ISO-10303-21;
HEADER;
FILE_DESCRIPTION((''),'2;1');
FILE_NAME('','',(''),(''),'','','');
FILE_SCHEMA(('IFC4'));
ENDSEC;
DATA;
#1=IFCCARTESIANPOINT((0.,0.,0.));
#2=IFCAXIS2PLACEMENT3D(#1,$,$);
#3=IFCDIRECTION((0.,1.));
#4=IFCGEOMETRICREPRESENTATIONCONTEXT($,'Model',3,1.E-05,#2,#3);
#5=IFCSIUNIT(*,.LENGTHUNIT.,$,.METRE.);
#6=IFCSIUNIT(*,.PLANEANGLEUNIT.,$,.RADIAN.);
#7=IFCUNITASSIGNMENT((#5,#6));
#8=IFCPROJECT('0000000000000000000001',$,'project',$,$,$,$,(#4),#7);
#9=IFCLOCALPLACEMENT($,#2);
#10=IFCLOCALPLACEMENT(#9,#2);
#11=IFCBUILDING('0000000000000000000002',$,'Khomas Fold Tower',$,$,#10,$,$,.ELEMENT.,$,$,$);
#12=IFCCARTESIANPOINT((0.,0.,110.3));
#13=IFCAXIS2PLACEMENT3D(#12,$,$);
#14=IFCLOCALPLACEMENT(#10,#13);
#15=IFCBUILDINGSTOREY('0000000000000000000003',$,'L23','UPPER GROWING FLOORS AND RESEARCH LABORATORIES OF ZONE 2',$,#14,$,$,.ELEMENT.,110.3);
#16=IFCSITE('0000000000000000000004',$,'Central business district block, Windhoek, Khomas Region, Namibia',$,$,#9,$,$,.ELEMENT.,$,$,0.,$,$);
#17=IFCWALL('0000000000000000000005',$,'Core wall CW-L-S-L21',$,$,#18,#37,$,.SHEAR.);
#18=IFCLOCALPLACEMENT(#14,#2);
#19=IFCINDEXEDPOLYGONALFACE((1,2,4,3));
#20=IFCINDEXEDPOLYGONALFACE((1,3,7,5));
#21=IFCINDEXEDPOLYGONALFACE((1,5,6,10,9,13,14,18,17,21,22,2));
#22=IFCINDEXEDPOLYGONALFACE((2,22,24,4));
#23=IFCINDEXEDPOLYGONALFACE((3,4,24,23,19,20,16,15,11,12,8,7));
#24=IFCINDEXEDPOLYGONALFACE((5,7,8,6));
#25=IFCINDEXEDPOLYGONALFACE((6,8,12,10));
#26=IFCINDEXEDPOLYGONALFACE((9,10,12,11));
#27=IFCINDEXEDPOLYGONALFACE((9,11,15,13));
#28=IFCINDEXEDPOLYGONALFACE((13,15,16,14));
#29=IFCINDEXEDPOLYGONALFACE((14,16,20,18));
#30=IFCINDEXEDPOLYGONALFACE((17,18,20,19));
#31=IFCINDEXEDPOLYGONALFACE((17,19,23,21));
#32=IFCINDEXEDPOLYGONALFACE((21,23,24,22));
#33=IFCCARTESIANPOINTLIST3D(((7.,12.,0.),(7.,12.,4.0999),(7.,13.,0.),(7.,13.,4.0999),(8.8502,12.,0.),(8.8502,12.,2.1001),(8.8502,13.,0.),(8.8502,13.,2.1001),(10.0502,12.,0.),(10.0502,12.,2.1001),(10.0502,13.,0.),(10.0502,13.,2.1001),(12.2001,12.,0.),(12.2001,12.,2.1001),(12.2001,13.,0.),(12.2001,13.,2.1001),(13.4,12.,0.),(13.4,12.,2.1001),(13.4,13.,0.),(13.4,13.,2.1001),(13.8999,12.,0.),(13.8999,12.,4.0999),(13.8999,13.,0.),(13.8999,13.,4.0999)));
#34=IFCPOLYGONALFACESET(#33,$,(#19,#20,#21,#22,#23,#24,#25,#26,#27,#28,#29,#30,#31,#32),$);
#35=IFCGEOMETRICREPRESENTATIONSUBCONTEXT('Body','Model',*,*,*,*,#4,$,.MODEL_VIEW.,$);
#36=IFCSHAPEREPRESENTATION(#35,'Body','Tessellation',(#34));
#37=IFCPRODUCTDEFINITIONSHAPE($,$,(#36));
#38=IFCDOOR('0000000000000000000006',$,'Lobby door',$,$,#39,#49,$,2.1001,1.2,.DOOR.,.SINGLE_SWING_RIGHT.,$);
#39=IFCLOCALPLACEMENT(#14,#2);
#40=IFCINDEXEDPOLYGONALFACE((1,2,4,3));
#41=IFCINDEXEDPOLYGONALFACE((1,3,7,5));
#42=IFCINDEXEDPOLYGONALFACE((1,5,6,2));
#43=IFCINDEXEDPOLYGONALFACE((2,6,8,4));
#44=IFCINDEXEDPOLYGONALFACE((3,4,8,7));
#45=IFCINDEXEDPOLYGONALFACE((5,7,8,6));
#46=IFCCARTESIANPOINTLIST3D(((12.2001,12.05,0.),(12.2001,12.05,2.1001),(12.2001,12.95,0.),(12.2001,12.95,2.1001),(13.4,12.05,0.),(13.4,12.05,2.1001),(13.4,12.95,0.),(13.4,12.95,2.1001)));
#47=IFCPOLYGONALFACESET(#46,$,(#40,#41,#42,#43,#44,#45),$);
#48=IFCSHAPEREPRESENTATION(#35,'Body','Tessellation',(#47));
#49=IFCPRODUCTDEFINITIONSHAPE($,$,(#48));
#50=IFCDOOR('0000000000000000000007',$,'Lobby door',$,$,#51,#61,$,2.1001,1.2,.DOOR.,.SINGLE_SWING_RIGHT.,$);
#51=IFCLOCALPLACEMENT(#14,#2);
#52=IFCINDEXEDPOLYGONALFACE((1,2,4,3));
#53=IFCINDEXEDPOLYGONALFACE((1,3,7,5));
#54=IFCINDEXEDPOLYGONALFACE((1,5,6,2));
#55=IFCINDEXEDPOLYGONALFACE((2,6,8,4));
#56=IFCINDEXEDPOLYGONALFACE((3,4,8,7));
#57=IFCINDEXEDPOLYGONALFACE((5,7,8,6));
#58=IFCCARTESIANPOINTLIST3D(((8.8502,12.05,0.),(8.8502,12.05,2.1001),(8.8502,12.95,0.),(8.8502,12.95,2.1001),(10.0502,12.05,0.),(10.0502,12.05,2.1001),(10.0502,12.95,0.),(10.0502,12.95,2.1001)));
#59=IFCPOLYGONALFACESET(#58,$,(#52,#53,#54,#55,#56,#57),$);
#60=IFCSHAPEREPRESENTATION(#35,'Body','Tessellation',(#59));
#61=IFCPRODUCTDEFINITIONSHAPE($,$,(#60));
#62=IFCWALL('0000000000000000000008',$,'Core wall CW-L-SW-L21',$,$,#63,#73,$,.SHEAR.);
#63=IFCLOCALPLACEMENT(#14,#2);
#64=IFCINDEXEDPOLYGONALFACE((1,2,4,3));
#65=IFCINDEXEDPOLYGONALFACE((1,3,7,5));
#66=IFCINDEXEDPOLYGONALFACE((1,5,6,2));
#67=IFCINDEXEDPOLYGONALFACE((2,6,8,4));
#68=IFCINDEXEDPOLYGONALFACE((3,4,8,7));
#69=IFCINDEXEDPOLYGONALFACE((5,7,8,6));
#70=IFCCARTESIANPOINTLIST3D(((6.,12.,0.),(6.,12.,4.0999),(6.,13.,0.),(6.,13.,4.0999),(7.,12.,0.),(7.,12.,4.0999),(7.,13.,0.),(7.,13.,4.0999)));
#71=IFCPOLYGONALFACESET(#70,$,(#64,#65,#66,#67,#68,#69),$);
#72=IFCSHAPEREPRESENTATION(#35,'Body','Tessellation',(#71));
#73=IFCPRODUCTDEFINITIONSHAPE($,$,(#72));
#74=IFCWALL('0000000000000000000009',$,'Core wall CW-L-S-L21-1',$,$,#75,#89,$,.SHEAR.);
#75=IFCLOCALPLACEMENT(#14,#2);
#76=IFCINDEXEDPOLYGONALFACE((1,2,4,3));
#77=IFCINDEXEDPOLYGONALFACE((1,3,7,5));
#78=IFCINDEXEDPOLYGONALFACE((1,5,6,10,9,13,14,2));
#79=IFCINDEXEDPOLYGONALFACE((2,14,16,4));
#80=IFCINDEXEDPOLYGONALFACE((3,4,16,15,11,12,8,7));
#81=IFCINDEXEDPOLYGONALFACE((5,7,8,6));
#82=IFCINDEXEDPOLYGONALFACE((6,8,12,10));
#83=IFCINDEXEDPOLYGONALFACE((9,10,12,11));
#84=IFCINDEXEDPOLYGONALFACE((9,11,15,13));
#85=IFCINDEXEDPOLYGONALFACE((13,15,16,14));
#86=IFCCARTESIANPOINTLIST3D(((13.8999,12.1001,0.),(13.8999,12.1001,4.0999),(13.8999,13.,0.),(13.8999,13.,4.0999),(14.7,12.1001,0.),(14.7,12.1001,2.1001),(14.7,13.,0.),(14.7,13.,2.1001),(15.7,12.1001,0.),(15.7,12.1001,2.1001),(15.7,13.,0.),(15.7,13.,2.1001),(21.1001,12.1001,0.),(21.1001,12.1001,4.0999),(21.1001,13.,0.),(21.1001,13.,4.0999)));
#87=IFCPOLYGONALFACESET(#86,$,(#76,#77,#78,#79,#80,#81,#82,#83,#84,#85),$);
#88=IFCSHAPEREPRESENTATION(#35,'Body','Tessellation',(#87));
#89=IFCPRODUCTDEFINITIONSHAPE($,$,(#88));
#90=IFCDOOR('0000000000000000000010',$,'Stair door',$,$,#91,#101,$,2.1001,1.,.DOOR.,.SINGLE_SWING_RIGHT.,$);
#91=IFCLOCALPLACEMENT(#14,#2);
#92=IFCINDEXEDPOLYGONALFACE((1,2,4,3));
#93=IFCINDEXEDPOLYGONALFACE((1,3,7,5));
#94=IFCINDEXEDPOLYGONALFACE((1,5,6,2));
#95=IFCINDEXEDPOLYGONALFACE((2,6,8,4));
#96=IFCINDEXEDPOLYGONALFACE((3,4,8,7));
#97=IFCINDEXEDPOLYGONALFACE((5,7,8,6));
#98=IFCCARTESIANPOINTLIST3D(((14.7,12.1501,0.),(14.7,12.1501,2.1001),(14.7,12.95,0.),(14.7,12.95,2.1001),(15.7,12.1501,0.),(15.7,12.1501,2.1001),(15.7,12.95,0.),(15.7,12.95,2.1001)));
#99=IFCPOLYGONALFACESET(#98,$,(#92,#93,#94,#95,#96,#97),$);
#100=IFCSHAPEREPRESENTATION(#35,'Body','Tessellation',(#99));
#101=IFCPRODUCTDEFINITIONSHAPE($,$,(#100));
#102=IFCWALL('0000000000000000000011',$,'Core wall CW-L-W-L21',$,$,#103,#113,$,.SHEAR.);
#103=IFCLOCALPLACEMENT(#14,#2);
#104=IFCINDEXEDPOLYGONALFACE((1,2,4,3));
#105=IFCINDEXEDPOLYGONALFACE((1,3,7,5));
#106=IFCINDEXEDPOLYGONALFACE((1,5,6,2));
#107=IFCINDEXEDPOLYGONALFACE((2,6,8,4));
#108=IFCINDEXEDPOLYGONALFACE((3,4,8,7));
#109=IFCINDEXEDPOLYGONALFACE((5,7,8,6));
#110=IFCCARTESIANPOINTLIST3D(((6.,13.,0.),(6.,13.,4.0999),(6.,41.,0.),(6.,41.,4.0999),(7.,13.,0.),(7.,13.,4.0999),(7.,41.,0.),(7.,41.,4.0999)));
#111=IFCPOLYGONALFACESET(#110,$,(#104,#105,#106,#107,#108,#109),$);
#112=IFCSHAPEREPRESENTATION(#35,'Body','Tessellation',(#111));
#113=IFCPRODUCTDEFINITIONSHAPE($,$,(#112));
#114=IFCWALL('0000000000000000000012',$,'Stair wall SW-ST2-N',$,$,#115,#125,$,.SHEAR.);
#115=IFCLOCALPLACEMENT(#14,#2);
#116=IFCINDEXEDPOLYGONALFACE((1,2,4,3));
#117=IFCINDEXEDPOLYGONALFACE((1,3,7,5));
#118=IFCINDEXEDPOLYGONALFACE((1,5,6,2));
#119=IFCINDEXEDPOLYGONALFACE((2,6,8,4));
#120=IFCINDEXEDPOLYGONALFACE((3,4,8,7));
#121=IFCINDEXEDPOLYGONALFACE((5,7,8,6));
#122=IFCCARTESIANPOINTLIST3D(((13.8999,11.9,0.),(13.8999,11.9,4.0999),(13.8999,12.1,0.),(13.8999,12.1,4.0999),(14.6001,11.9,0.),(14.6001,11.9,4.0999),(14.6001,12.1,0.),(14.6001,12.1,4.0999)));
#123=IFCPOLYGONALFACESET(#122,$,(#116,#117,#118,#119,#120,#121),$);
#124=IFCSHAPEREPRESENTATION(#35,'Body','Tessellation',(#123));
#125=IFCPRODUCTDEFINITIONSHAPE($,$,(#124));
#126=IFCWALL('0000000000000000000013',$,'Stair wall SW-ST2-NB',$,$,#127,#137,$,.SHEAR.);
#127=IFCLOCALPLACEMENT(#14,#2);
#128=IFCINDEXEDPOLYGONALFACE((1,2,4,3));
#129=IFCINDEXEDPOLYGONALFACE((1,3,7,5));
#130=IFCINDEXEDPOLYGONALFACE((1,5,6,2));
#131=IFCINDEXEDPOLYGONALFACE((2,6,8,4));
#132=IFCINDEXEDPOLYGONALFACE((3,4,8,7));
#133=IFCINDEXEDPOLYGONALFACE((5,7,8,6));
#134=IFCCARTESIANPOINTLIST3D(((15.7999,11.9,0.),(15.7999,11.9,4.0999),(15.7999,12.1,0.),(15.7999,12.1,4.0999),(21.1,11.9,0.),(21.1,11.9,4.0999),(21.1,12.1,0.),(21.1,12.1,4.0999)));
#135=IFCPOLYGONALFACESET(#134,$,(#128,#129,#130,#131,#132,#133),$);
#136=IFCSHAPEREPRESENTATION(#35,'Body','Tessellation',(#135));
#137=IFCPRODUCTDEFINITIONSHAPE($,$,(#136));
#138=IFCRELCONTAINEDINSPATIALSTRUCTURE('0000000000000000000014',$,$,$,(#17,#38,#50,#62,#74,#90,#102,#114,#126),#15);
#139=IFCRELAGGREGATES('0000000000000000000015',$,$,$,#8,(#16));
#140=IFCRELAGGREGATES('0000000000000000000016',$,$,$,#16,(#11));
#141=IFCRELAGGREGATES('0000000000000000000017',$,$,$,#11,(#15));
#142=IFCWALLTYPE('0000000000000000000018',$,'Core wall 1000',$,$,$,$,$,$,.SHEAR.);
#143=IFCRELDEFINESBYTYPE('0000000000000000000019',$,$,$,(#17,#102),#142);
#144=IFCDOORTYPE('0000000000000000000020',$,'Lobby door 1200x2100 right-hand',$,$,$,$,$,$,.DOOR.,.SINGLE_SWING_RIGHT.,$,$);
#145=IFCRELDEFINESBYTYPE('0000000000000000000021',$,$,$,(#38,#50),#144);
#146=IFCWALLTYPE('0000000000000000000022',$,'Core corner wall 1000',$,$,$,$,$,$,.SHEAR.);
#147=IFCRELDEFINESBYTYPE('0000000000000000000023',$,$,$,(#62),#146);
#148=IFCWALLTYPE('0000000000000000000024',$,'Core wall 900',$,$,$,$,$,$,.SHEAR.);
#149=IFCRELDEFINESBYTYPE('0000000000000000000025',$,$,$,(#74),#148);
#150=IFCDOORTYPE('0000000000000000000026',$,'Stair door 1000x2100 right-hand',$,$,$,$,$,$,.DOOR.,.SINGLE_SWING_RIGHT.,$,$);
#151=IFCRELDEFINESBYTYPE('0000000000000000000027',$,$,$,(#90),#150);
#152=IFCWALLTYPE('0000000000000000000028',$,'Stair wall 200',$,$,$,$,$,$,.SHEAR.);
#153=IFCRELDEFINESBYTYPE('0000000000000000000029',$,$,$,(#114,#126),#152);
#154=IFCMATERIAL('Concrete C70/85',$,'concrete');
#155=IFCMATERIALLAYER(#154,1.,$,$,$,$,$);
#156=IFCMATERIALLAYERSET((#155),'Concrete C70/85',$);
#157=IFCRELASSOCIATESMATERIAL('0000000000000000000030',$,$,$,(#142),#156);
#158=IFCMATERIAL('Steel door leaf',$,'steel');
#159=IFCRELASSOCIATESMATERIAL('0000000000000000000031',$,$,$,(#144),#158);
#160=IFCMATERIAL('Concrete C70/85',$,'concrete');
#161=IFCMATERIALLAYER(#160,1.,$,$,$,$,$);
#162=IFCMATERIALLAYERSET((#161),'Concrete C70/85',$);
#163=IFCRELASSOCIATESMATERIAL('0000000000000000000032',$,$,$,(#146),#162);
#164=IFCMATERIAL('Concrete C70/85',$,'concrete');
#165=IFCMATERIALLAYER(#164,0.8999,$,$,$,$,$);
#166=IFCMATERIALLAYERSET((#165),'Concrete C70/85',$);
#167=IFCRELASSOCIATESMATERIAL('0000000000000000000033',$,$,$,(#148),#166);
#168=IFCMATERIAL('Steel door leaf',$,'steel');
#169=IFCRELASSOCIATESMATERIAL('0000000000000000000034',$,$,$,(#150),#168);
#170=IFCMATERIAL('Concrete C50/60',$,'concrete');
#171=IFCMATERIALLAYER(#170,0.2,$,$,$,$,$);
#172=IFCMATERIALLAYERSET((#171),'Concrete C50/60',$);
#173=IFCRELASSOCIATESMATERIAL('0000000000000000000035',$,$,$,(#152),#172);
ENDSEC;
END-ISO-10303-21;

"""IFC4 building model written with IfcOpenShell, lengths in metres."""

from ifc_helpers import new_model, si_unit, direction, frame, frame_2d, origin, place, context, subcontext, project, spatial, rectangle, extrude, source, transform, mapped, material, layer, layer_set, type_object, element, fill, save


model = new_model("IFC4")

# Units and contexts
model_context = context("Model", 3, precision=1e-05, world=origin(), true_north=direction((0.0, 1.0)))
body_context = subcontext(model_context, "Body", "Model", "MODEL_VIEW")
ifc_project = project(units=[si_unit("LENGTHUNIT", "METRE"), si_unit("PLANEANGLEUNIT", "RADIAN")], contexts=[model_context])

# Site, building, storey
site_placement = place(None, origin())
site = spatial("IfcSite", under=ifc_project, at=site_placement, Name="Central business district block, Windhoek, Khomas Region, Namibia", CompositionType="ELEMENT", RefElevation=0.0)
building_placement = place(site_placement, origin())
building = spatial("IfcBuilding", under=site, at=building_placement, Name="Khomas Fold Tower", CompositionType="ELEMENT")
storey_placement = place(building_placement, frame((0.0, 0.0, 110.3)))
storey = spatial("IfcBuildingStorey", under=building, at=storey_placement, Name="L23", Description="UPPER GROWING FLOORS AND RESEARCH LABORATORIES OF ZONE 2", CompositionType="ELEMENT", Elevation=110.3)

# Wall, openings, doors
ifc_material_1 = material(Name="Concrete C70/85", Category="concrete")
ifc_layer_1 = layer(ifc_material_1, 1.0)
ifc_layer_set_1 = layer_set([ifc_layer_1], Name="Concrete C70/85")
wall_type_1 = type_object("IfcWallType", Name="Core wall 1000", PredefinedType="SHEAR", material=ifc_layer_set_1)
shared_shape_1 = source(origin(), body_context, "Body", "SweptSolid", [
    extrude(rectangle(XDim=6.8999, YDim=1.0, at=frame_2d((3.45, 0.0))), origin(), (0.0, 0.0, 1.0), 4.0999),
])
wall_1_placement = place(storey_placement, frame((7.0, 12.5, 0.0), z_axis=(0.0, 0.0, 1.0), x_axis=(1.0, 0.0, 0.0)))
wall_1 = element("IfcWall", 1, at=wall_1_placement, inside=storey, type_object=wall_type_1, Name="Core wall CW-L-S-L21", PredefinedType="SHEAR", context=body_context, shape_type="MappedRepresentation", body=[
    mapped(shared_shape_1, transform((0.0, 0.0, 0.0))),
])
shared_shape_2 = source(origin(), body_context, "Body", "SweptSolid", [
    extrude(rectangle(XDim=1.2, YDim=2.1001, at=frame_2d((0.6001, 1.05))), frame((0.0, 0.51, 0.0), z_axis=(0.0, -1.0, 0.0), x_axis=(1.0, 0.0, 0.0)), (0.0, 0.0, 1.0), 1.02),
])
opening_1_placement = place(wall_1_placement, frame((5.2, 0.0, 0.0)))
opening_1 = element("IfcOpeningElement", 2, at=opening_1_placement, cuts=wall_1, PredefinedType="OPENING", context=body_context, shape_type="MappedRepresentation", body=[
    mapped(shared_shape_2, transform((0.0, 0.0, 0.0))),
])
opening_2_placement = place(wall_1_placement, frame((1.8501, 0.0, 0.0)))
opening_2 = element("IfcOpeningElement", 3, at=opening_2_placement, cuts=wall_1, PredefinedType="OPENING", context=body_context, shape_type="MappedRepresentation", body=[
    mapped(shared_shape_2, transform((0.0, 0.0, 0.0))),
])
ifc_material_2 = material(Name="Steel door leaf", Category="steel")
door_type_1 = type_object("IfcDoorType", Name="Lobby door 1200x2100 right-hand", OperationType="SINGLE_SWING_RIGHT", PredefinedType="DOOR", material=ifc_material_2)
shared_shape_3 = source(origin(), body_context, "Body", "SweptSolid", [
    extrude(rectangle(XDim=1.2, YDim=2.1001, at=frame_2d((0.6001, 1.05))), frame((0.0, 0.45, 0.0), z_axis=(0.0, -1.0, 0.0), x_axis=(1.0, 0.0, 0.0)), (0.0, 0.0, 1.0), 0.8999),
])
door_1_placement = place(opening_1_placement, origin())
door_1 = element("IfcDoor", 4, at=door_1_placement, inside=storey, type_object=door_type_1, Name="Lobby door", OperationType="SINGLE_SWING_RIGHT", OverallHeight=2.1001, OverallWidth=1.2, PredefinedType="DOOR", context=body_context, shape_type="MappedRepresentation", body=[
    mapped(shared_shape_3, transform((0.0, 0.0, 0.0))),
])
fill(opening_1, door_1)
door_2_placement = place(opening_2_placement, origin())
door_2 = element("IfcDoor", 5, at=door_2_placement, inside=storey, type_object=door_type_1, Name="Lobby door", OperationType="SINGLE_SWING_RIGHT", OverallHeight=2.1001, OverallWidth=1.2, PredefinedType="DOOR", context=body_context, shape_type="MappedRepresentation", body=[
    mapped(shared_shape_3, transform((0.0, 0.0, 0.0))),
])
fill(opening_2, door_2)

# Wall
ifc_material_3 = material(Name="Concrete C70/85", Category="concrete")
ifc_layer_2 = layer(ifc_material_3, 1.0)
ifc_layer_set_2 = layer_set([ifc_layer_2], Name="Concrete C70/85")
wall_type_2 = type_object("IfcWallType", Name="Core corner wall 1000", PredefinedType="SHEAR", material=ifc_layer_set_2)
shared_shape_4 = source(origin(), body_context, "Body", "SweptSolid", [
    extrude(rectangle(XDim=1.0, YDim=1.0, at=frame_2d((0.5, 0.0))), origin(), (0.0, 0.0, 1.0), 4.0999),
])
wall_2_placement = place(storey_placement, frame((6.0, 12.5, 0.0), z_axis=(0.0, 0.0, 1.0), x_axis=(1.0, 0.0, 0.0)))
element("IfcWall", 6, at=wall_2_placement, inside=storey, type_object=wall_type_2, Name="Core wall CW-L-SW-L21", PredefinedType="SHEAR", context=body_context, shape_type="MappedRepresentation", body=[
    mapped(shared_shape_4, transform((0.0, 0.0, 0.0))),
])

# Wall, opening, door
ifc_material_4 = material(Name="Concrete C70/85", Category="concrete")
ifc_layer_3 = layer(ifc_material_4, 0.8999)
ifc_layer_set_3 = layer_set([ifc_layer_3], Name="Concrete C70/85")
wall_type_3 = type_object("IfcWallType", Name="Core wall 900", PredefinedType="SHEAR", material=ifc_layer_set_3)
shared_shape_5 = source(origin(), body_context, "Body", "SweptSolid", [
    extrude(rectangle(XDim=7.2002, YDim=0.8999, at=frame_2d((3.6001, 0.0))), origin(), (0.0, 0.0, 1.0), 4.0999),
])
wall_3_placement = place(storey_placement, frame((13.8999, 12.55, 0.0), z_axis=(0.0, 0.0, 1.0), x_axis=(1.0, 0.0, 0.0)))
wall_3 = element("IfcWall", 7, at=wall_3_placement, inside=storey, type_object=wall_type_3, Name="Core wall CW-L-S-L21-1", PredefinedType="SHEAR", context=body_context, shape_type="MappedRepresentation", body=[
    mapped(shared_shape_5, transform((0.0, 0.0, 0.0))),
])
shared_shape_6 = source(origin(), body_context, "Body", "SweptSolid", [
    extrude(rectangle(XDim=1.0, YDim=2.1001, at=frame_2d((0.5, 1.05))), frame((0.0, 0.46, 0.0), z_axis=(0.0, -1.0, 0.0), x_axis=(1.0, 0.0, 0.0)), (0.0, 0.0, 1.0), 0.9199),
])
opening_3_placement = place(wall_3_placement, frame((0.8, 0.0, 0.0)))
opening_3 = element("IfcOpeningElement", 8, at=opening_3_placement, cuts=wall_3, PredefinedType="OPENING", context=body_context, shape_type="MappedRepresentation", body=[
    mapped(shared_shape_6, transform((0.0, 0.0, 0.0))),
])
ifc_material_5 = material(Name="Steel door leaf", Category="steel")
door_type_2 = type_object("IfcDoorType", Name="Stair door 1000x2100 right-hand", OperationType="SINGLE_SWING_RIGHT", PredefinedType="DOOR", material=ifc_material_5)
shared_shape_7 = source(origin(), body_context, "Body", "SweptSolid", [
    extrude(rectangle(XDim=1.0, YDim=2.1001, at=frame_2d((0.5, 1.05))), frame((0.0, 0.3999, 0.0), z_axis=(0.0, -1.0, 0.0), x_axis=(1.0, 0.0, 0.0)), (0.0, 0.0, 1.0), 0.7998),
])
door_3_placement = place(opening_3_placement, origin())
door_3 = element("IfcDoor", 9, at=door_3_placement, inside=storey, type_object=door_type_2, Name="Stair door", OperationType="SINGLE_SWING_RIGHT", OverallHeight=2.1001, OverallWidth=1.0, PredefinedType="DOOR", context=body_context, shape_type="MappedRepresentation", body=[
    mapped(shared_shape_7, transform((0.0, 0.0, 0.0))),
])
fill(opening_3, door_3)

# Walls
shared_shape_8 = source(origin(), body_context, "Body", "SweptSolid", [
    extrude(rectangle(XDim=28.0, YDim=1.0, at=frame_2d((14.0, 0.0))), origin(), (0.0, 0.0, 1.0), 4.0999),
])
wall_4_placement = place(storey_placement, frame((6.5, 13.0, 0.0), z_axis=(0.0, 0.0, 1.0), x_axis=(0.0, 1.0, 0.0)))
element("IfcWall", 10, at=wall_4_placement, inside=storey, type_object=wall_type_1, Name="Core wall CW-L-W-L21", PredefinedType="SHEAR", context=body_context, shape_type="MappedRepresentation", body=[
    mapped(shared_shape_8, transform((0.0, 0.0, 0.0))),
])
ifc_material_6 = material(Name="Concrete C50/60", Category="concrete")
ifc_layer_4 = layer(ifc_material_6, 0.2)
ifc_layer_set_4 = layer_set([ifc_layer_4], Name="Concrete C50/60")
wall_type_4 = type_object("IfcWallType", Name="Stair wall 200", PredefinedType="SHEAR", material=ifc_layer_set_4)
shared_shape_9 = source(origin(), body_context, "Body", "SweptSolid", [
    extrude(rectangle(XDim=0.7002, YDim=0.2, at=frame_2d((0.3501, 0.0))), origin(), (0.0, 0.0, 1.0), 4.0999),
])
wall_5_placement = place(storey_placement, frame((13.8999, 12.0, 0.0), z_axis=(0.0, 0.0, 1.0), x_axis=(1.0, 0.0, 0.0)))
element("IfcWall", 11, at=wall_5_placement, inside=storey, type_object=wall_type_4, Name="Stair wall SW-ST2-N", PredefinedType="SHEAR", context=body_context, shape_type="MappedRepresentation", body=[
    mapped(shared_shape_9, transform((0.0, 0.0, 0.0))),
])
shared_shape_10 = source(origin(), body_context, "Body", "SweptSolid", [
    extrude(rectangle(XDim=5.3, YDim=0.2, at=frame_2d((2.6499, 0.0))), origin(), (0.0, 0.0, 1.0), 4.0999),
])
wall_6_placement = place(storey_placement, frame((15.8, 12.0, 0.0), z_axis=(0.0, 0.0, 1.0), x_axis=(1.0, 0.0, 0.0)))
element("IfcWall", 12, at=wall_6_placement, inside=storey, type_object=wall_type_4, Name="Stair wall SW-ST2-NB", PredefinedType="SHEAR", context=body_context, shape_type="MappedRepresentation", body=[
    mapped(shared_shape_10, transform((0.0, 0.0, 0.0))),
])

save(model, "model.ifc")
